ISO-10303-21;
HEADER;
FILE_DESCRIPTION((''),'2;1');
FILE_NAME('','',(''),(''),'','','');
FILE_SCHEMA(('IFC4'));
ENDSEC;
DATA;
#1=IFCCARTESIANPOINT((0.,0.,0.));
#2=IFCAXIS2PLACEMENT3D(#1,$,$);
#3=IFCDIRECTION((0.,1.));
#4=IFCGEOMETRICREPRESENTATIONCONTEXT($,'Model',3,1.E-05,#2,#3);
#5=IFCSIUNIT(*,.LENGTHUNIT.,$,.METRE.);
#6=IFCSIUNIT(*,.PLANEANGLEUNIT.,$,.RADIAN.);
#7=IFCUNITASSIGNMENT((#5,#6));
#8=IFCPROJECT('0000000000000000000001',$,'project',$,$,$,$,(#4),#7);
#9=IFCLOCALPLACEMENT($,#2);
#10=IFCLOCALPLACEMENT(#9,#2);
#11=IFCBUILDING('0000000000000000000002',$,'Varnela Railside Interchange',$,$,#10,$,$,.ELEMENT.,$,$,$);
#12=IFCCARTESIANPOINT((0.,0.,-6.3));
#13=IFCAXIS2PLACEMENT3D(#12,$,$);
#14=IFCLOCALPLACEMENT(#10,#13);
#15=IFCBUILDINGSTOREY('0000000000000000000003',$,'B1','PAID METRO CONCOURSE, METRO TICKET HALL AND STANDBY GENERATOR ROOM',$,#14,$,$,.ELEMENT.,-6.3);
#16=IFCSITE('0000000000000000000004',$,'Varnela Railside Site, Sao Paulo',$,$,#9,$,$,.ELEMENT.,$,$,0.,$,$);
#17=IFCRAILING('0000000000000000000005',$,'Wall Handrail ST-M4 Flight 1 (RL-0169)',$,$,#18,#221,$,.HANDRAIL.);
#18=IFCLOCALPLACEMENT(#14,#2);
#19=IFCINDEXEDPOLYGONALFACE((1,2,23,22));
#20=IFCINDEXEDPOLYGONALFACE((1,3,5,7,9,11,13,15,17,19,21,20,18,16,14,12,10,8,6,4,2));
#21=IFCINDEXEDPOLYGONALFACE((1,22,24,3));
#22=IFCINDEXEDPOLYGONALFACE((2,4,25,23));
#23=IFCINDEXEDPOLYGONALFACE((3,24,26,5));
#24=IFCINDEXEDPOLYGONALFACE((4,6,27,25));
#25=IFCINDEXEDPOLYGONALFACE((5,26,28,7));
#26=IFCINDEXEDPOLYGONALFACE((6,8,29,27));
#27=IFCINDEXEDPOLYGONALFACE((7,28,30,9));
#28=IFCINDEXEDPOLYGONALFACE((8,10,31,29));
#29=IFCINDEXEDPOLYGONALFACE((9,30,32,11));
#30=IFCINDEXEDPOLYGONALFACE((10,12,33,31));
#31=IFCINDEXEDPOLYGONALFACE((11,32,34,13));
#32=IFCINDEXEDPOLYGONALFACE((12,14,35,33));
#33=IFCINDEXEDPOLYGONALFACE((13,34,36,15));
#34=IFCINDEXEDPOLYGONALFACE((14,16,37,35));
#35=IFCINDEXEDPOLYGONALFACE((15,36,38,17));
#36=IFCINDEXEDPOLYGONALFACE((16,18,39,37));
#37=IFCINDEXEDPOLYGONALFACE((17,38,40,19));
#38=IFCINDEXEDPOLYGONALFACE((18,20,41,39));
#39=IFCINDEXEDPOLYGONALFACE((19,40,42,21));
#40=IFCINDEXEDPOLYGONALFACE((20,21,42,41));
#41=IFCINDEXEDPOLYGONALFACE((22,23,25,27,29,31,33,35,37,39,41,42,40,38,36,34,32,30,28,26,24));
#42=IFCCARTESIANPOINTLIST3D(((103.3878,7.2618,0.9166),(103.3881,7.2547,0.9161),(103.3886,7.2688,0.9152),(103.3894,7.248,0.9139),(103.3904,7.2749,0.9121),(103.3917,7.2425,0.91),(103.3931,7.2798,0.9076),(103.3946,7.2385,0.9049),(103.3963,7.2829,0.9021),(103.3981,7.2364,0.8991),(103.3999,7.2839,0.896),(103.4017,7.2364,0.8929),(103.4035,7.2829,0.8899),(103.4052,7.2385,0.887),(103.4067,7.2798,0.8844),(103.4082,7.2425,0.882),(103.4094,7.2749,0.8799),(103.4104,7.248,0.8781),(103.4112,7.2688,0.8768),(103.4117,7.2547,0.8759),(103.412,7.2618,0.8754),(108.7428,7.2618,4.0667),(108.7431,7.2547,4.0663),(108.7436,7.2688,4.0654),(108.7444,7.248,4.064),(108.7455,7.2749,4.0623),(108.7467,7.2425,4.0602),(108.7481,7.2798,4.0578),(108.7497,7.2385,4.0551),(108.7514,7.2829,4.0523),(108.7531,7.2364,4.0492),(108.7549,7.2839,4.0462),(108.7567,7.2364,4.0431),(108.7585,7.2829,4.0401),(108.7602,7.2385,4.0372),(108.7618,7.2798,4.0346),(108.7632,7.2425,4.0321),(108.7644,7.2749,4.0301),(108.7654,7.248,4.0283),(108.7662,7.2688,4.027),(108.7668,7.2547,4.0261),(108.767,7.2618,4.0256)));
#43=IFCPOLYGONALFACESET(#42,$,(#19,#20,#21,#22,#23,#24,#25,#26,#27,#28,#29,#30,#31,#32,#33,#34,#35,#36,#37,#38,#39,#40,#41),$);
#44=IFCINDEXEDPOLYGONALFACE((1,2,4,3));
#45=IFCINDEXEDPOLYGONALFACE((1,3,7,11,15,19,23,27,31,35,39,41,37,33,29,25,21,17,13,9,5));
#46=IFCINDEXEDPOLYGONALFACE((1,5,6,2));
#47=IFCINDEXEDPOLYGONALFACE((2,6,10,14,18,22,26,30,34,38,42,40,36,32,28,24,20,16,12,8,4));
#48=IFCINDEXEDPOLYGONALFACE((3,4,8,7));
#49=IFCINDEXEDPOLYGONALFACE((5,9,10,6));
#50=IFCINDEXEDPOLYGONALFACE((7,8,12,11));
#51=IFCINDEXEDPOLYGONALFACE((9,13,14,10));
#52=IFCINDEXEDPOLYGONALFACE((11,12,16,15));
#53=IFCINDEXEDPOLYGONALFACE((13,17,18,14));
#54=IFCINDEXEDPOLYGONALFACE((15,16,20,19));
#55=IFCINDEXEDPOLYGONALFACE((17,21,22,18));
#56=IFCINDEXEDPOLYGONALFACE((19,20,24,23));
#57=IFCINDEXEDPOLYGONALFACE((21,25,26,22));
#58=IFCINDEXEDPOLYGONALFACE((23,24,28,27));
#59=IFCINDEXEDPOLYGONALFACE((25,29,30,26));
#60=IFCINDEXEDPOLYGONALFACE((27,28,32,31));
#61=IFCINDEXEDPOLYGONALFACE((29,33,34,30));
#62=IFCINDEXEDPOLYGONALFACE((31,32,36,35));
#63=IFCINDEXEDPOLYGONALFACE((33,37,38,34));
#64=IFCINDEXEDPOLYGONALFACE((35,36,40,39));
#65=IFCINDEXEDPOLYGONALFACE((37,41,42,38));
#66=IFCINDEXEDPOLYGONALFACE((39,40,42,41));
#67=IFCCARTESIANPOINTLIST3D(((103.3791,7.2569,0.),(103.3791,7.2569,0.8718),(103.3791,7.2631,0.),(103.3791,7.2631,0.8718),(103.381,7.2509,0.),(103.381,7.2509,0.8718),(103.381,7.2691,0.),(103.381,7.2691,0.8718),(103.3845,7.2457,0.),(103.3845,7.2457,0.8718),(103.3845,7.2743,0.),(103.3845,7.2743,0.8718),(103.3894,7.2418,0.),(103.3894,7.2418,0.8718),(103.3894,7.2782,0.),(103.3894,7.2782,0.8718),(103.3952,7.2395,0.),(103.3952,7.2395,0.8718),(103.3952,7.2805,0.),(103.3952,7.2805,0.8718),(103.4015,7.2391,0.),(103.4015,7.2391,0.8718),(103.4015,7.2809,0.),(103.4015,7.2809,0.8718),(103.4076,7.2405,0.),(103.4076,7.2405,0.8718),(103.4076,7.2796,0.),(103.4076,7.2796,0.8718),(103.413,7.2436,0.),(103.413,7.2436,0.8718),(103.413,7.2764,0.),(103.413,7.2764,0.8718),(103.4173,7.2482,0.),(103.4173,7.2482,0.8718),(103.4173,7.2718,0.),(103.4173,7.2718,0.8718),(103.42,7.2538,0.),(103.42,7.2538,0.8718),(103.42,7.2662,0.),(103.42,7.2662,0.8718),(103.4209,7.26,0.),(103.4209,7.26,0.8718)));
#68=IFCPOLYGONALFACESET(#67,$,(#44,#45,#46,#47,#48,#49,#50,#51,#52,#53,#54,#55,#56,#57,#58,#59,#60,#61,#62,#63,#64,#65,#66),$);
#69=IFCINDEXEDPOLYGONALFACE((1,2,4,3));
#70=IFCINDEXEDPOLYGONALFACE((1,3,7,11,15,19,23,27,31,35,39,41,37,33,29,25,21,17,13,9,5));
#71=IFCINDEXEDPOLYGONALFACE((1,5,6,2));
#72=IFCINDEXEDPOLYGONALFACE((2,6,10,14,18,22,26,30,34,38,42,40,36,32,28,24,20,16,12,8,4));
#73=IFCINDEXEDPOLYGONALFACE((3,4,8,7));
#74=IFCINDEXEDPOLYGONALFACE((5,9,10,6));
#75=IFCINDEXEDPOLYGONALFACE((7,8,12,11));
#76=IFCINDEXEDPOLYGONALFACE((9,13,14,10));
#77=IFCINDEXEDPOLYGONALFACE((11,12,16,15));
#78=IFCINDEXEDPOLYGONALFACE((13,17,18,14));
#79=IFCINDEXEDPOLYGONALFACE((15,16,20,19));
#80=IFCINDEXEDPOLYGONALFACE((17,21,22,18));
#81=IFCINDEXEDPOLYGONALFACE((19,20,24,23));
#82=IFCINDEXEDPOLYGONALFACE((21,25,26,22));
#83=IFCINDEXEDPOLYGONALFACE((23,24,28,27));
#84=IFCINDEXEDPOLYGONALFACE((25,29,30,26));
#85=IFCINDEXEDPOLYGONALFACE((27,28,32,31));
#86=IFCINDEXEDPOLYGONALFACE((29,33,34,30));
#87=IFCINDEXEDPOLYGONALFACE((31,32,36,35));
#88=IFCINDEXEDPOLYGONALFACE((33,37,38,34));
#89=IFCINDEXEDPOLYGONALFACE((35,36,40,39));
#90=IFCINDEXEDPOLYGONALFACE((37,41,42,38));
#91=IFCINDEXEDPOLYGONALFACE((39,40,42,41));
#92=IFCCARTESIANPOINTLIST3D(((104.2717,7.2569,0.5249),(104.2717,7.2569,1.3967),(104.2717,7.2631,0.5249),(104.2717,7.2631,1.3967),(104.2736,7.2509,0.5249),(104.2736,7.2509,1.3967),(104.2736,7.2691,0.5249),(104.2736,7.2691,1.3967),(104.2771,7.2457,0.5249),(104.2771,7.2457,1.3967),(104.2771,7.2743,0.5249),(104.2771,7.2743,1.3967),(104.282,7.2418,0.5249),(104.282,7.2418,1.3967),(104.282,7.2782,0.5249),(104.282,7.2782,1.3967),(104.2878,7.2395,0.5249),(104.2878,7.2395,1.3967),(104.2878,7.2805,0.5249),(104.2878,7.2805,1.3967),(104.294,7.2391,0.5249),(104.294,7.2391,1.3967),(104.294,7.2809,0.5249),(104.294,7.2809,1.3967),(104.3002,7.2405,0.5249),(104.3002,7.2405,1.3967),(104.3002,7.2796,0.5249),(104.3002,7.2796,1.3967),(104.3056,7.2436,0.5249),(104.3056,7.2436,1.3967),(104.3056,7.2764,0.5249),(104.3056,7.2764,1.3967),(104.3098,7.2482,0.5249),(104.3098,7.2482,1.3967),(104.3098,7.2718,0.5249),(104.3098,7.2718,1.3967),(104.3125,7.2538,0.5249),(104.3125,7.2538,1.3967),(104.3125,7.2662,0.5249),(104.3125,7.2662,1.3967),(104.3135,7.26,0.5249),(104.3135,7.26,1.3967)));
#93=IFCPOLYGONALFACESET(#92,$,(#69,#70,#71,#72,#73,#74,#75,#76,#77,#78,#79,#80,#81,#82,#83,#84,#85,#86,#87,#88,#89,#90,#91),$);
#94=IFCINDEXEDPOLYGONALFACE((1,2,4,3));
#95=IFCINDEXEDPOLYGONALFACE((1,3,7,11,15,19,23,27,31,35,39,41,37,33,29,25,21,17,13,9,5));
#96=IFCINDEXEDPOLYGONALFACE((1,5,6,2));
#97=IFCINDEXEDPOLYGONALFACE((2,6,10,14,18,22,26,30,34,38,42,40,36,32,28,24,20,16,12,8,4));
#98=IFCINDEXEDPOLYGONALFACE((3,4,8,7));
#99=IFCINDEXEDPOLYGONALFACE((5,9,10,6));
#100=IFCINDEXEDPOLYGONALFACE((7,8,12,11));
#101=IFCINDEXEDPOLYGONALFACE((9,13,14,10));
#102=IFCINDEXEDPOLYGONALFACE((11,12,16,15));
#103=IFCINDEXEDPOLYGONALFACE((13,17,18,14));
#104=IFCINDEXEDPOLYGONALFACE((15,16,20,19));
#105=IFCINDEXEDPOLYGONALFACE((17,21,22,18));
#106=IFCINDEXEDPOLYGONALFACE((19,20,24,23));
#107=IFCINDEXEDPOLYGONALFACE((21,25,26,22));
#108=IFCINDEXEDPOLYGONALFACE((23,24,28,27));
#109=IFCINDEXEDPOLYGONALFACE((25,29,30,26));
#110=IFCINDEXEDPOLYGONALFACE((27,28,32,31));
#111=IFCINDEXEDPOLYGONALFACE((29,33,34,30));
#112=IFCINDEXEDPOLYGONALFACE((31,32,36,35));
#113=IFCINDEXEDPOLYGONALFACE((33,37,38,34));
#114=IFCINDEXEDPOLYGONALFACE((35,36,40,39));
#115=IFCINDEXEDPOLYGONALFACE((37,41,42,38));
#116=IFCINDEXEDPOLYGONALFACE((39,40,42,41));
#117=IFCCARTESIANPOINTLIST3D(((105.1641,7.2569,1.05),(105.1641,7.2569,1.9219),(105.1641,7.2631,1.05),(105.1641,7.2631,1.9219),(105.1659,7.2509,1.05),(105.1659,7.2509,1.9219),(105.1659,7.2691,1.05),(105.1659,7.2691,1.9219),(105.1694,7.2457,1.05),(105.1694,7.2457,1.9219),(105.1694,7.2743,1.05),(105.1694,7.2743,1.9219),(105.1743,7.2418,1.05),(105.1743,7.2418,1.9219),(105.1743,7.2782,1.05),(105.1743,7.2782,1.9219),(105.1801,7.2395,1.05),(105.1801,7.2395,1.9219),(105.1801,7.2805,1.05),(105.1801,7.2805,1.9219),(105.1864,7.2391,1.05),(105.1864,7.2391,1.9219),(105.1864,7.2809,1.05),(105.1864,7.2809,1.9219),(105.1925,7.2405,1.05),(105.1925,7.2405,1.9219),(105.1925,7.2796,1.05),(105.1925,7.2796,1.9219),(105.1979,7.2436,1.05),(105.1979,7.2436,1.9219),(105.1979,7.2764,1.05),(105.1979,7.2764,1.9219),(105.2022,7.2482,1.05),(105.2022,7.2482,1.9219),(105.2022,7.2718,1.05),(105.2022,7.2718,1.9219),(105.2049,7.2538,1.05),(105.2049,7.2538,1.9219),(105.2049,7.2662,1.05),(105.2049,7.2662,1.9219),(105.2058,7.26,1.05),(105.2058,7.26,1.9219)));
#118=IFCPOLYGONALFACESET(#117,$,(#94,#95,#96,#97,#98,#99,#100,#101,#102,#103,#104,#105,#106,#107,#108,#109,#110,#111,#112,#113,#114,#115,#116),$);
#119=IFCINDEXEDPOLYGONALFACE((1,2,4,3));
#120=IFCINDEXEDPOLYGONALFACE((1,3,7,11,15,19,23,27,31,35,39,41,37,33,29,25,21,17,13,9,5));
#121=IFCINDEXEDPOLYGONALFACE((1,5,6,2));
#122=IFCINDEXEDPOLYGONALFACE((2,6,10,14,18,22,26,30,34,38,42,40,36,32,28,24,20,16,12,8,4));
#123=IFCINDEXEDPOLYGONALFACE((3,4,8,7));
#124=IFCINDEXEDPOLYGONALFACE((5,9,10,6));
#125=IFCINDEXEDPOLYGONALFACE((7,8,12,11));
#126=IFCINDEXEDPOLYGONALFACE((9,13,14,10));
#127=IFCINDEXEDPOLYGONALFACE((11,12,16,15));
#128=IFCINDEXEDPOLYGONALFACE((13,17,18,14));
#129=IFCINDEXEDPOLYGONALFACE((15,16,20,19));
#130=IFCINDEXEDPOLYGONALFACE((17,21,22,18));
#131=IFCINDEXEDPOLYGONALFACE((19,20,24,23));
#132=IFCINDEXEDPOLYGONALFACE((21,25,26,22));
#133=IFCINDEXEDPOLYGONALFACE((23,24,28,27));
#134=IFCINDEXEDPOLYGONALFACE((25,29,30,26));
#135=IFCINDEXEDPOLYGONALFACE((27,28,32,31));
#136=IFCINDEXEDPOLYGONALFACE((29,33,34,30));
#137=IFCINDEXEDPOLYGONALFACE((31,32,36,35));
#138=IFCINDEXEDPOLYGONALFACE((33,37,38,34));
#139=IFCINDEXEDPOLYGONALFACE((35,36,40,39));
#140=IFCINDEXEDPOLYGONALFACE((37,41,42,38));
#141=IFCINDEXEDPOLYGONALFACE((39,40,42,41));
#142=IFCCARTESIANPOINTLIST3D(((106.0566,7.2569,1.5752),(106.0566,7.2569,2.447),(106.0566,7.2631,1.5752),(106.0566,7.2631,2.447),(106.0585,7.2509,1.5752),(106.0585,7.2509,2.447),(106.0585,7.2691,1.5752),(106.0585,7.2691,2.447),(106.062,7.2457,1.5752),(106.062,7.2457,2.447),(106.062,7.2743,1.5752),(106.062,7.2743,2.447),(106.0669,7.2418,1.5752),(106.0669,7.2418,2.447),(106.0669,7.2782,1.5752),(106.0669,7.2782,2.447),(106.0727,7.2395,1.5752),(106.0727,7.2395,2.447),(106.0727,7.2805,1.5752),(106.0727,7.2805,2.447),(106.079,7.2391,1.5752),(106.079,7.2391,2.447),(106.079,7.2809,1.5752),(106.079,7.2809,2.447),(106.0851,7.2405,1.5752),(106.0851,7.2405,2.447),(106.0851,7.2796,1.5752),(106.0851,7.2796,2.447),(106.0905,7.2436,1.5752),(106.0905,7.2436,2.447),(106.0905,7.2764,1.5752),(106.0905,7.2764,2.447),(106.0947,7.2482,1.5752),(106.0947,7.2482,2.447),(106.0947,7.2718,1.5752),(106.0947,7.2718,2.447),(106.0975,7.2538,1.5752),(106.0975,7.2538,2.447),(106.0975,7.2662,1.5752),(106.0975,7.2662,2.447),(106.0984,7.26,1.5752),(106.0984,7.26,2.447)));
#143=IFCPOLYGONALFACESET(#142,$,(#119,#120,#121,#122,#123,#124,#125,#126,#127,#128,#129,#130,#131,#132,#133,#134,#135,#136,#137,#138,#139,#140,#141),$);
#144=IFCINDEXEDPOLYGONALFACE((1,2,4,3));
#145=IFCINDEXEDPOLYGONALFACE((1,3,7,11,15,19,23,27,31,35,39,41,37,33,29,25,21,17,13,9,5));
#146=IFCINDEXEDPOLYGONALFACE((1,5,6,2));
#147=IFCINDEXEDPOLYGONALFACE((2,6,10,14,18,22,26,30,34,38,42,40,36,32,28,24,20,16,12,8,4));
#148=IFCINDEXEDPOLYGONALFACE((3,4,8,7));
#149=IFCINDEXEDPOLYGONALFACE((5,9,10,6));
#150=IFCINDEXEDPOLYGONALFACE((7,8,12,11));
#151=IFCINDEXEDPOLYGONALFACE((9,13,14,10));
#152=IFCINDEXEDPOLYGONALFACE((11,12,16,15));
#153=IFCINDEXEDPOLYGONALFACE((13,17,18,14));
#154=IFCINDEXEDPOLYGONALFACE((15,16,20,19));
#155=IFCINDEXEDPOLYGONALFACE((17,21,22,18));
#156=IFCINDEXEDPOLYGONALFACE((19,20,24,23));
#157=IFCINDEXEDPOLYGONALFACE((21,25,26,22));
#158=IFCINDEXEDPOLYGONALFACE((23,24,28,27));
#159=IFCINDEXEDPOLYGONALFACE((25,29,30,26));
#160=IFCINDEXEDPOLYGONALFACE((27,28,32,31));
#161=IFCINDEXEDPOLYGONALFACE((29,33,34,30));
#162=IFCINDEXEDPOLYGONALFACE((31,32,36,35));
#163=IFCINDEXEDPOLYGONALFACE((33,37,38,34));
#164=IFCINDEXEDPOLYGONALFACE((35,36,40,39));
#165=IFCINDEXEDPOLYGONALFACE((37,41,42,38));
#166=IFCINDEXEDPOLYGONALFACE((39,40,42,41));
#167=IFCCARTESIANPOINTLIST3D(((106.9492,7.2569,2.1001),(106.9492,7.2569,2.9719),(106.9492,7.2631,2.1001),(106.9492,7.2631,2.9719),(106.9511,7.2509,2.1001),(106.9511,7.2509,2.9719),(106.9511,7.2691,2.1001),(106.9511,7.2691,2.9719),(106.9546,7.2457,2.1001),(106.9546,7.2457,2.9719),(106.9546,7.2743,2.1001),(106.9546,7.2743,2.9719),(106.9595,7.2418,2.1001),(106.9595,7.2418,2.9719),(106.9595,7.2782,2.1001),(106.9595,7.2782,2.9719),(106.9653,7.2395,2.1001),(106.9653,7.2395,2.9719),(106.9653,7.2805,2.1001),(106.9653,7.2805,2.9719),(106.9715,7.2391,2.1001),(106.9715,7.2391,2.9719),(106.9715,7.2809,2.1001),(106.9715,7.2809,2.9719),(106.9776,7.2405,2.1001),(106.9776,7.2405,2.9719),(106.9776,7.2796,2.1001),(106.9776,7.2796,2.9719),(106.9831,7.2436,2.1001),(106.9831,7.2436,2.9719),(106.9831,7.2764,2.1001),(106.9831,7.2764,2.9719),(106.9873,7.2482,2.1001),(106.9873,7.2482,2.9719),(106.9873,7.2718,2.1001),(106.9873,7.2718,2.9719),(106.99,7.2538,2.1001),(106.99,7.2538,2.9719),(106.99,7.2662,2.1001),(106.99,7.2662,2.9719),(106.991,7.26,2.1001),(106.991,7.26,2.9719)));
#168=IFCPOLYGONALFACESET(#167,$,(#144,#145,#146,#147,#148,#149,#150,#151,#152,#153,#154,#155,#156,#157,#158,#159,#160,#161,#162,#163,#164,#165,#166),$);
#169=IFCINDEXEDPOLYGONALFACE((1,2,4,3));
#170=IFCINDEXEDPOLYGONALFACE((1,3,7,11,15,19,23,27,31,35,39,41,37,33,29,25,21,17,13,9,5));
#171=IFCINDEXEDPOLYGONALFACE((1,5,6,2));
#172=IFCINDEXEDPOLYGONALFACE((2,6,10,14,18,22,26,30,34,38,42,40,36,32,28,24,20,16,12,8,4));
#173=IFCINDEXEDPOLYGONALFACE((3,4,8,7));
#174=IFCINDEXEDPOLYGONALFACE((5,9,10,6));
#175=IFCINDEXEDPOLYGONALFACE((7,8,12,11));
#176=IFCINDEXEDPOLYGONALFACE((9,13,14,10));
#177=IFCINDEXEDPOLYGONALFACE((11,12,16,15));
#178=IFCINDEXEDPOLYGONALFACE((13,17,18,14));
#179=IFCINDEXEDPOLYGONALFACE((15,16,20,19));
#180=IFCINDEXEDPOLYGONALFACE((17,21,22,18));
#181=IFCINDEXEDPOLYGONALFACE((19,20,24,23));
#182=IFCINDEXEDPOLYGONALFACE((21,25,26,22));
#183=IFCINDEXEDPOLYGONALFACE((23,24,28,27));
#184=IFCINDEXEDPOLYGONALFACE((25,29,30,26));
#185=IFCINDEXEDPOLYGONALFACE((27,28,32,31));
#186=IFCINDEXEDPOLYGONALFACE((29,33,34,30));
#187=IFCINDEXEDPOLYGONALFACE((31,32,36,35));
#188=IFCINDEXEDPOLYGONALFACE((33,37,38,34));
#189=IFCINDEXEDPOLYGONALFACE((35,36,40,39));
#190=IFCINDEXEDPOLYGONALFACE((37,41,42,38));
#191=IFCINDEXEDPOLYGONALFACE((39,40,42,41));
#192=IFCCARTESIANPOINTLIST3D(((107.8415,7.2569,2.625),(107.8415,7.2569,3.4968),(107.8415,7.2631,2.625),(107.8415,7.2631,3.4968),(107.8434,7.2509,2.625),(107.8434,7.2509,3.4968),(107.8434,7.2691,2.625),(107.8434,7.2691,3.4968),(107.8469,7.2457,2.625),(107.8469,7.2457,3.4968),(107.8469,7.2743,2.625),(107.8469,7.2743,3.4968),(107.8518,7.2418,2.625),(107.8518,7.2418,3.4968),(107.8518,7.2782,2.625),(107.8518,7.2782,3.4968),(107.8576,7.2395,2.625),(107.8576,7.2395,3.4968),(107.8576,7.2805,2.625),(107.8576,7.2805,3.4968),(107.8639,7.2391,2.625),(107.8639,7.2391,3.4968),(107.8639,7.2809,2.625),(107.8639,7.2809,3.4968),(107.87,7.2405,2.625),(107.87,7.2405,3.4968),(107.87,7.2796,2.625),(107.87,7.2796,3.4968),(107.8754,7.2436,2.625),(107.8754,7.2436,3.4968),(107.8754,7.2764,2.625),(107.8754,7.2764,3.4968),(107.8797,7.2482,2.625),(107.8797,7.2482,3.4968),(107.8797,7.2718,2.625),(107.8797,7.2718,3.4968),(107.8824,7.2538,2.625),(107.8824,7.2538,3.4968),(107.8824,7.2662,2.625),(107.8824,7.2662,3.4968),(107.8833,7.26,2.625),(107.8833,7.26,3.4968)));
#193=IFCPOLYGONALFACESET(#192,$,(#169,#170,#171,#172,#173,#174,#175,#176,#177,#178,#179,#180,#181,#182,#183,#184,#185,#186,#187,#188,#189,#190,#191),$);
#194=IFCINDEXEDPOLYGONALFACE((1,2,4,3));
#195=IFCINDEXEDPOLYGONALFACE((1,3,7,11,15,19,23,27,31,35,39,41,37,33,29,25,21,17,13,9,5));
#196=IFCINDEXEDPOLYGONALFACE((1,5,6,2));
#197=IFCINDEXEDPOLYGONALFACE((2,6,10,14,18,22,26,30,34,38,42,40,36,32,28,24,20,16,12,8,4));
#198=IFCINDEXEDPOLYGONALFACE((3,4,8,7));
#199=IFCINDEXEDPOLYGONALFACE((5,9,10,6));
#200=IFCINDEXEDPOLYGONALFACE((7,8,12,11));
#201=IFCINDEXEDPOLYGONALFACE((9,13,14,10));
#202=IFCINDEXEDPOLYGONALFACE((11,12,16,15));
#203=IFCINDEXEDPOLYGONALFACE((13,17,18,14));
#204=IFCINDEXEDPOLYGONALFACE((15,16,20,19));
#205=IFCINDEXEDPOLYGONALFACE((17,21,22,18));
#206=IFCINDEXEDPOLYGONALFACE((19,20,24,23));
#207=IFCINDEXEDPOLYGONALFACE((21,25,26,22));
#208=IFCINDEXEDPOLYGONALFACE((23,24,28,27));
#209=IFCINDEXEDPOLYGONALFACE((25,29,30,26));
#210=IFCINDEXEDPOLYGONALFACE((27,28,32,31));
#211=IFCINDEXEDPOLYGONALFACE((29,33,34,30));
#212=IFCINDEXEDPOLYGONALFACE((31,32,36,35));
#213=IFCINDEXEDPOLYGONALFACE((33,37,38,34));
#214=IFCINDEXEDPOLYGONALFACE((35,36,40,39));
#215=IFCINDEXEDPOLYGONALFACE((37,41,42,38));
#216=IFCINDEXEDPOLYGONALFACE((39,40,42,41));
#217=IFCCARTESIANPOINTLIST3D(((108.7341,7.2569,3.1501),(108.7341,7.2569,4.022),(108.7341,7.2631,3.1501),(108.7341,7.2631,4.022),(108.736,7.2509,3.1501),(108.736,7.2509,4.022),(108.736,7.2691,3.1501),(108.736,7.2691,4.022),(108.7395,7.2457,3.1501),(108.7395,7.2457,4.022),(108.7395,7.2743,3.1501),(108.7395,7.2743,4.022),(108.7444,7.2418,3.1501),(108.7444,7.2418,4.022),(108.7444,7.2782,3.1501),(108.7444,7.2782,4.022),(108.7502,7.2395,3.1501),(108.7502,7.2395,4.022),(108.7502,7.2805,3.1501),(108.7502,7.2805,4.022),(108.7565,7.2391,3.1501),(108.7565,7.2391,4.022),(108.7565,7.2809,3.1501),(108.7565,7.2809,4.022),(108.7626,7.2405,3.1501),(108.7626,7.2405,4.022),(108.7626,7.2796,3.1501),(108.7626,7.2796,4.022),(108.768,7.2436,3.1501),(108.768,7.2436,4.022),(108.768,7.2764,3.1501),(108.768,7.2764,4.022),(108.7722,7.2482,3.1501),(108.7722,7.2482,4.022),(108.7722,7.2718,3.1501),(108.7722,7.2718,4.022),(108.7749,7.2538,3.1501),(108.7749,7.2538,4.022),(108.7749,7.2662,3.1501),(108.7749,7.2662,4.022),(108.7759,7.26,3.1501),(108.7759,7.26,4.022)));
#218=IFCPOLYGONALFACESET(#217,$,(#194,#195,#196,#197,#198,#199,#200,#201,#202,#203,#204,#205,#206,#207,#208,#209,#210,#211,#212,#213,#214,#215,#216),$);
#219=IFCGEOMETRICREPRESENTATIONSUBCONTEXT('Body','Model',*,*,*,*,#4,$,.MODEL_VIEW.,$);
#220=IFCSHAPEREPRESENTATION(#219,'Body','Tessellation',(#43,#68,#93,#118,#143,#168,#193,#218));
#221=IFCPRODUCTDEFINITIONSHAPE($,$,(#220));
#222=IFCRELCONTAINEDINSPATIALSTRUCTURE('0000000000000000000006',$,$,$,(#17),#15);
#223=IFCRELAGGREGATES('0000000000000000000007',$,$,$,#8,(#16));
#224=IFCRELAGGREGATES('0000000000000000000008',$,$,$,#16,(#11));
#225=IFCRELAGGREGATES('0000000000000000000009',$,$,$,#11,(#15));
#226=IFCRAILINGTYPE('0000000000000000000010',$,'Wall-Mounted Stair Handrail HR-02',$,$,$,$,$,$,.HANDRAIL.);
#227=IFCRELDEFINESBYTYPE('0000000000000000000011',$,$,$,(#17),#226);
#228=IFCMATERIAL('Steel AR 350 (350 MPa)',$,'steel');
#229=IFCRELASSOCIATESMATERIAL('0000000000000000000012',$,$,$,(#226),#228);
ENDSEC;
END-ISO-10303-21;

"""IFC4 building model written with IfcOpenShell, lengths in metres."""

from ifc_helpers import new_model, si_unit, direction, frame, origin, origin_2d, place, context, subcontext, project, spatial, circle, extrude, material, type_object, element, save


model = new_model("IFC4")

# Units and contexts
model_context = context("Model", 3, precision=1e-05, world=origin(), true_north=direction((0.0, 1.0)))
body_context = subcontext(model_context, "Body", "Model", "MODEL_VIEW")
ifc_project = project(units=[si_unit("LENGTHUNIT", "METRE"), si_unit("PLANEANGLEUNIT", "RADIAN")], contexts=[model_context])

# Site, building, storey
site_placement = place(None, origin())
site = spatial("IfcSite", under=ifc_project, at=site_placement, Name="Varnela Railside Site, Sao Paulo", CompositionType="ELEMENT", RefElevation=0.0)
building_placement = place(site_placement, origin())
building = spatial("IfcBuilding", under=site, at=building_placement, Name="Varnela Railside Interchange", CompositionType="ELEMENT")
storey_placement = place(building_placement, frame((0.0, 0.0, -6.3)))
storey = spatial("IfcBuildingStorey", under=building, at=storey_placement, Name="B1", Description="PAID METRO CONCOURSE, METRO TICKET HALL AND STANDBY GENERATOR ROOM", CompositionType="ELEMENT", Elevation=-6.3)

# Shared definitions
ifc_material_1 = material(Name="Steel AR 350 (350 MPa)", Category="steel")

# Railing
railing_type_1 = type_object("IfcRailingType", Name="Wall-Mounted Stair Handrail HR-02", PredefinedType="HANDRAIL", material=ifc_material_1)
railing_1_placement = place(storey_placement, frame((103.3999, 7.26, 0.0)))
element("IfcRailing", 1, at=railing_1_placement, inside=storey, type_object=railing_type_1, Name="Wall Handrail ST-M4 Flight 1 (RL-0169)", PredefinedType="HANDRAIL", context=body_context, shape_type="SweptSolid", body=[
    extrude(circle(Radius=0.0239, at=origin_2d()), frame((0.0, 0.0, 0.896), z_axis=(0.861923, 0.0, 0.507039), x_axis=(0.0, 1.0, 0.0)), (0.0, 0.0, 1.0), 6.2129),
    extrude(circle(Radius=0.021, at=origin_2d()), origin(), (0.0, 0.0, 1.0), 0.8718),
    extrude(circle(Radius=0.021, at=origin_2d()), frame((0.8926, 0.0, 0.5249)), (0.0, 0.0, 1.0), 0.8718),
    extrude(circle(Radius=0.021, at=origin_2d()), frame((1.7849, 0.0, 1.05)), (0.0, 0.0, 1.0), 0.8718),
    extrude(circle(Radius=0.021, at=origin_2d()), frame((2.6775, 0.0, 1.5752)), (0.0, 0.0, 1.0), 0.8718),
    extrude(circle(Radius=0.021, at=origin_2d()), frame((3.5701, 0.0, 2.1001)), (0.0, 0.0, 1.0), 0.8718),
    extrude(circle(Radius=0.021, at=origin_2d()), frame((4.4624, 0.0, 2.625)), (0.0, 0.0, 1.0), 0.8718),
    extrude(circle(Radius=0.021, at=origin_2d()), frame((5.355, 0.0, 3.1501)), (0.0, 0.0, 1.0), 0.8718),
])

save(model, "model.ifc")
